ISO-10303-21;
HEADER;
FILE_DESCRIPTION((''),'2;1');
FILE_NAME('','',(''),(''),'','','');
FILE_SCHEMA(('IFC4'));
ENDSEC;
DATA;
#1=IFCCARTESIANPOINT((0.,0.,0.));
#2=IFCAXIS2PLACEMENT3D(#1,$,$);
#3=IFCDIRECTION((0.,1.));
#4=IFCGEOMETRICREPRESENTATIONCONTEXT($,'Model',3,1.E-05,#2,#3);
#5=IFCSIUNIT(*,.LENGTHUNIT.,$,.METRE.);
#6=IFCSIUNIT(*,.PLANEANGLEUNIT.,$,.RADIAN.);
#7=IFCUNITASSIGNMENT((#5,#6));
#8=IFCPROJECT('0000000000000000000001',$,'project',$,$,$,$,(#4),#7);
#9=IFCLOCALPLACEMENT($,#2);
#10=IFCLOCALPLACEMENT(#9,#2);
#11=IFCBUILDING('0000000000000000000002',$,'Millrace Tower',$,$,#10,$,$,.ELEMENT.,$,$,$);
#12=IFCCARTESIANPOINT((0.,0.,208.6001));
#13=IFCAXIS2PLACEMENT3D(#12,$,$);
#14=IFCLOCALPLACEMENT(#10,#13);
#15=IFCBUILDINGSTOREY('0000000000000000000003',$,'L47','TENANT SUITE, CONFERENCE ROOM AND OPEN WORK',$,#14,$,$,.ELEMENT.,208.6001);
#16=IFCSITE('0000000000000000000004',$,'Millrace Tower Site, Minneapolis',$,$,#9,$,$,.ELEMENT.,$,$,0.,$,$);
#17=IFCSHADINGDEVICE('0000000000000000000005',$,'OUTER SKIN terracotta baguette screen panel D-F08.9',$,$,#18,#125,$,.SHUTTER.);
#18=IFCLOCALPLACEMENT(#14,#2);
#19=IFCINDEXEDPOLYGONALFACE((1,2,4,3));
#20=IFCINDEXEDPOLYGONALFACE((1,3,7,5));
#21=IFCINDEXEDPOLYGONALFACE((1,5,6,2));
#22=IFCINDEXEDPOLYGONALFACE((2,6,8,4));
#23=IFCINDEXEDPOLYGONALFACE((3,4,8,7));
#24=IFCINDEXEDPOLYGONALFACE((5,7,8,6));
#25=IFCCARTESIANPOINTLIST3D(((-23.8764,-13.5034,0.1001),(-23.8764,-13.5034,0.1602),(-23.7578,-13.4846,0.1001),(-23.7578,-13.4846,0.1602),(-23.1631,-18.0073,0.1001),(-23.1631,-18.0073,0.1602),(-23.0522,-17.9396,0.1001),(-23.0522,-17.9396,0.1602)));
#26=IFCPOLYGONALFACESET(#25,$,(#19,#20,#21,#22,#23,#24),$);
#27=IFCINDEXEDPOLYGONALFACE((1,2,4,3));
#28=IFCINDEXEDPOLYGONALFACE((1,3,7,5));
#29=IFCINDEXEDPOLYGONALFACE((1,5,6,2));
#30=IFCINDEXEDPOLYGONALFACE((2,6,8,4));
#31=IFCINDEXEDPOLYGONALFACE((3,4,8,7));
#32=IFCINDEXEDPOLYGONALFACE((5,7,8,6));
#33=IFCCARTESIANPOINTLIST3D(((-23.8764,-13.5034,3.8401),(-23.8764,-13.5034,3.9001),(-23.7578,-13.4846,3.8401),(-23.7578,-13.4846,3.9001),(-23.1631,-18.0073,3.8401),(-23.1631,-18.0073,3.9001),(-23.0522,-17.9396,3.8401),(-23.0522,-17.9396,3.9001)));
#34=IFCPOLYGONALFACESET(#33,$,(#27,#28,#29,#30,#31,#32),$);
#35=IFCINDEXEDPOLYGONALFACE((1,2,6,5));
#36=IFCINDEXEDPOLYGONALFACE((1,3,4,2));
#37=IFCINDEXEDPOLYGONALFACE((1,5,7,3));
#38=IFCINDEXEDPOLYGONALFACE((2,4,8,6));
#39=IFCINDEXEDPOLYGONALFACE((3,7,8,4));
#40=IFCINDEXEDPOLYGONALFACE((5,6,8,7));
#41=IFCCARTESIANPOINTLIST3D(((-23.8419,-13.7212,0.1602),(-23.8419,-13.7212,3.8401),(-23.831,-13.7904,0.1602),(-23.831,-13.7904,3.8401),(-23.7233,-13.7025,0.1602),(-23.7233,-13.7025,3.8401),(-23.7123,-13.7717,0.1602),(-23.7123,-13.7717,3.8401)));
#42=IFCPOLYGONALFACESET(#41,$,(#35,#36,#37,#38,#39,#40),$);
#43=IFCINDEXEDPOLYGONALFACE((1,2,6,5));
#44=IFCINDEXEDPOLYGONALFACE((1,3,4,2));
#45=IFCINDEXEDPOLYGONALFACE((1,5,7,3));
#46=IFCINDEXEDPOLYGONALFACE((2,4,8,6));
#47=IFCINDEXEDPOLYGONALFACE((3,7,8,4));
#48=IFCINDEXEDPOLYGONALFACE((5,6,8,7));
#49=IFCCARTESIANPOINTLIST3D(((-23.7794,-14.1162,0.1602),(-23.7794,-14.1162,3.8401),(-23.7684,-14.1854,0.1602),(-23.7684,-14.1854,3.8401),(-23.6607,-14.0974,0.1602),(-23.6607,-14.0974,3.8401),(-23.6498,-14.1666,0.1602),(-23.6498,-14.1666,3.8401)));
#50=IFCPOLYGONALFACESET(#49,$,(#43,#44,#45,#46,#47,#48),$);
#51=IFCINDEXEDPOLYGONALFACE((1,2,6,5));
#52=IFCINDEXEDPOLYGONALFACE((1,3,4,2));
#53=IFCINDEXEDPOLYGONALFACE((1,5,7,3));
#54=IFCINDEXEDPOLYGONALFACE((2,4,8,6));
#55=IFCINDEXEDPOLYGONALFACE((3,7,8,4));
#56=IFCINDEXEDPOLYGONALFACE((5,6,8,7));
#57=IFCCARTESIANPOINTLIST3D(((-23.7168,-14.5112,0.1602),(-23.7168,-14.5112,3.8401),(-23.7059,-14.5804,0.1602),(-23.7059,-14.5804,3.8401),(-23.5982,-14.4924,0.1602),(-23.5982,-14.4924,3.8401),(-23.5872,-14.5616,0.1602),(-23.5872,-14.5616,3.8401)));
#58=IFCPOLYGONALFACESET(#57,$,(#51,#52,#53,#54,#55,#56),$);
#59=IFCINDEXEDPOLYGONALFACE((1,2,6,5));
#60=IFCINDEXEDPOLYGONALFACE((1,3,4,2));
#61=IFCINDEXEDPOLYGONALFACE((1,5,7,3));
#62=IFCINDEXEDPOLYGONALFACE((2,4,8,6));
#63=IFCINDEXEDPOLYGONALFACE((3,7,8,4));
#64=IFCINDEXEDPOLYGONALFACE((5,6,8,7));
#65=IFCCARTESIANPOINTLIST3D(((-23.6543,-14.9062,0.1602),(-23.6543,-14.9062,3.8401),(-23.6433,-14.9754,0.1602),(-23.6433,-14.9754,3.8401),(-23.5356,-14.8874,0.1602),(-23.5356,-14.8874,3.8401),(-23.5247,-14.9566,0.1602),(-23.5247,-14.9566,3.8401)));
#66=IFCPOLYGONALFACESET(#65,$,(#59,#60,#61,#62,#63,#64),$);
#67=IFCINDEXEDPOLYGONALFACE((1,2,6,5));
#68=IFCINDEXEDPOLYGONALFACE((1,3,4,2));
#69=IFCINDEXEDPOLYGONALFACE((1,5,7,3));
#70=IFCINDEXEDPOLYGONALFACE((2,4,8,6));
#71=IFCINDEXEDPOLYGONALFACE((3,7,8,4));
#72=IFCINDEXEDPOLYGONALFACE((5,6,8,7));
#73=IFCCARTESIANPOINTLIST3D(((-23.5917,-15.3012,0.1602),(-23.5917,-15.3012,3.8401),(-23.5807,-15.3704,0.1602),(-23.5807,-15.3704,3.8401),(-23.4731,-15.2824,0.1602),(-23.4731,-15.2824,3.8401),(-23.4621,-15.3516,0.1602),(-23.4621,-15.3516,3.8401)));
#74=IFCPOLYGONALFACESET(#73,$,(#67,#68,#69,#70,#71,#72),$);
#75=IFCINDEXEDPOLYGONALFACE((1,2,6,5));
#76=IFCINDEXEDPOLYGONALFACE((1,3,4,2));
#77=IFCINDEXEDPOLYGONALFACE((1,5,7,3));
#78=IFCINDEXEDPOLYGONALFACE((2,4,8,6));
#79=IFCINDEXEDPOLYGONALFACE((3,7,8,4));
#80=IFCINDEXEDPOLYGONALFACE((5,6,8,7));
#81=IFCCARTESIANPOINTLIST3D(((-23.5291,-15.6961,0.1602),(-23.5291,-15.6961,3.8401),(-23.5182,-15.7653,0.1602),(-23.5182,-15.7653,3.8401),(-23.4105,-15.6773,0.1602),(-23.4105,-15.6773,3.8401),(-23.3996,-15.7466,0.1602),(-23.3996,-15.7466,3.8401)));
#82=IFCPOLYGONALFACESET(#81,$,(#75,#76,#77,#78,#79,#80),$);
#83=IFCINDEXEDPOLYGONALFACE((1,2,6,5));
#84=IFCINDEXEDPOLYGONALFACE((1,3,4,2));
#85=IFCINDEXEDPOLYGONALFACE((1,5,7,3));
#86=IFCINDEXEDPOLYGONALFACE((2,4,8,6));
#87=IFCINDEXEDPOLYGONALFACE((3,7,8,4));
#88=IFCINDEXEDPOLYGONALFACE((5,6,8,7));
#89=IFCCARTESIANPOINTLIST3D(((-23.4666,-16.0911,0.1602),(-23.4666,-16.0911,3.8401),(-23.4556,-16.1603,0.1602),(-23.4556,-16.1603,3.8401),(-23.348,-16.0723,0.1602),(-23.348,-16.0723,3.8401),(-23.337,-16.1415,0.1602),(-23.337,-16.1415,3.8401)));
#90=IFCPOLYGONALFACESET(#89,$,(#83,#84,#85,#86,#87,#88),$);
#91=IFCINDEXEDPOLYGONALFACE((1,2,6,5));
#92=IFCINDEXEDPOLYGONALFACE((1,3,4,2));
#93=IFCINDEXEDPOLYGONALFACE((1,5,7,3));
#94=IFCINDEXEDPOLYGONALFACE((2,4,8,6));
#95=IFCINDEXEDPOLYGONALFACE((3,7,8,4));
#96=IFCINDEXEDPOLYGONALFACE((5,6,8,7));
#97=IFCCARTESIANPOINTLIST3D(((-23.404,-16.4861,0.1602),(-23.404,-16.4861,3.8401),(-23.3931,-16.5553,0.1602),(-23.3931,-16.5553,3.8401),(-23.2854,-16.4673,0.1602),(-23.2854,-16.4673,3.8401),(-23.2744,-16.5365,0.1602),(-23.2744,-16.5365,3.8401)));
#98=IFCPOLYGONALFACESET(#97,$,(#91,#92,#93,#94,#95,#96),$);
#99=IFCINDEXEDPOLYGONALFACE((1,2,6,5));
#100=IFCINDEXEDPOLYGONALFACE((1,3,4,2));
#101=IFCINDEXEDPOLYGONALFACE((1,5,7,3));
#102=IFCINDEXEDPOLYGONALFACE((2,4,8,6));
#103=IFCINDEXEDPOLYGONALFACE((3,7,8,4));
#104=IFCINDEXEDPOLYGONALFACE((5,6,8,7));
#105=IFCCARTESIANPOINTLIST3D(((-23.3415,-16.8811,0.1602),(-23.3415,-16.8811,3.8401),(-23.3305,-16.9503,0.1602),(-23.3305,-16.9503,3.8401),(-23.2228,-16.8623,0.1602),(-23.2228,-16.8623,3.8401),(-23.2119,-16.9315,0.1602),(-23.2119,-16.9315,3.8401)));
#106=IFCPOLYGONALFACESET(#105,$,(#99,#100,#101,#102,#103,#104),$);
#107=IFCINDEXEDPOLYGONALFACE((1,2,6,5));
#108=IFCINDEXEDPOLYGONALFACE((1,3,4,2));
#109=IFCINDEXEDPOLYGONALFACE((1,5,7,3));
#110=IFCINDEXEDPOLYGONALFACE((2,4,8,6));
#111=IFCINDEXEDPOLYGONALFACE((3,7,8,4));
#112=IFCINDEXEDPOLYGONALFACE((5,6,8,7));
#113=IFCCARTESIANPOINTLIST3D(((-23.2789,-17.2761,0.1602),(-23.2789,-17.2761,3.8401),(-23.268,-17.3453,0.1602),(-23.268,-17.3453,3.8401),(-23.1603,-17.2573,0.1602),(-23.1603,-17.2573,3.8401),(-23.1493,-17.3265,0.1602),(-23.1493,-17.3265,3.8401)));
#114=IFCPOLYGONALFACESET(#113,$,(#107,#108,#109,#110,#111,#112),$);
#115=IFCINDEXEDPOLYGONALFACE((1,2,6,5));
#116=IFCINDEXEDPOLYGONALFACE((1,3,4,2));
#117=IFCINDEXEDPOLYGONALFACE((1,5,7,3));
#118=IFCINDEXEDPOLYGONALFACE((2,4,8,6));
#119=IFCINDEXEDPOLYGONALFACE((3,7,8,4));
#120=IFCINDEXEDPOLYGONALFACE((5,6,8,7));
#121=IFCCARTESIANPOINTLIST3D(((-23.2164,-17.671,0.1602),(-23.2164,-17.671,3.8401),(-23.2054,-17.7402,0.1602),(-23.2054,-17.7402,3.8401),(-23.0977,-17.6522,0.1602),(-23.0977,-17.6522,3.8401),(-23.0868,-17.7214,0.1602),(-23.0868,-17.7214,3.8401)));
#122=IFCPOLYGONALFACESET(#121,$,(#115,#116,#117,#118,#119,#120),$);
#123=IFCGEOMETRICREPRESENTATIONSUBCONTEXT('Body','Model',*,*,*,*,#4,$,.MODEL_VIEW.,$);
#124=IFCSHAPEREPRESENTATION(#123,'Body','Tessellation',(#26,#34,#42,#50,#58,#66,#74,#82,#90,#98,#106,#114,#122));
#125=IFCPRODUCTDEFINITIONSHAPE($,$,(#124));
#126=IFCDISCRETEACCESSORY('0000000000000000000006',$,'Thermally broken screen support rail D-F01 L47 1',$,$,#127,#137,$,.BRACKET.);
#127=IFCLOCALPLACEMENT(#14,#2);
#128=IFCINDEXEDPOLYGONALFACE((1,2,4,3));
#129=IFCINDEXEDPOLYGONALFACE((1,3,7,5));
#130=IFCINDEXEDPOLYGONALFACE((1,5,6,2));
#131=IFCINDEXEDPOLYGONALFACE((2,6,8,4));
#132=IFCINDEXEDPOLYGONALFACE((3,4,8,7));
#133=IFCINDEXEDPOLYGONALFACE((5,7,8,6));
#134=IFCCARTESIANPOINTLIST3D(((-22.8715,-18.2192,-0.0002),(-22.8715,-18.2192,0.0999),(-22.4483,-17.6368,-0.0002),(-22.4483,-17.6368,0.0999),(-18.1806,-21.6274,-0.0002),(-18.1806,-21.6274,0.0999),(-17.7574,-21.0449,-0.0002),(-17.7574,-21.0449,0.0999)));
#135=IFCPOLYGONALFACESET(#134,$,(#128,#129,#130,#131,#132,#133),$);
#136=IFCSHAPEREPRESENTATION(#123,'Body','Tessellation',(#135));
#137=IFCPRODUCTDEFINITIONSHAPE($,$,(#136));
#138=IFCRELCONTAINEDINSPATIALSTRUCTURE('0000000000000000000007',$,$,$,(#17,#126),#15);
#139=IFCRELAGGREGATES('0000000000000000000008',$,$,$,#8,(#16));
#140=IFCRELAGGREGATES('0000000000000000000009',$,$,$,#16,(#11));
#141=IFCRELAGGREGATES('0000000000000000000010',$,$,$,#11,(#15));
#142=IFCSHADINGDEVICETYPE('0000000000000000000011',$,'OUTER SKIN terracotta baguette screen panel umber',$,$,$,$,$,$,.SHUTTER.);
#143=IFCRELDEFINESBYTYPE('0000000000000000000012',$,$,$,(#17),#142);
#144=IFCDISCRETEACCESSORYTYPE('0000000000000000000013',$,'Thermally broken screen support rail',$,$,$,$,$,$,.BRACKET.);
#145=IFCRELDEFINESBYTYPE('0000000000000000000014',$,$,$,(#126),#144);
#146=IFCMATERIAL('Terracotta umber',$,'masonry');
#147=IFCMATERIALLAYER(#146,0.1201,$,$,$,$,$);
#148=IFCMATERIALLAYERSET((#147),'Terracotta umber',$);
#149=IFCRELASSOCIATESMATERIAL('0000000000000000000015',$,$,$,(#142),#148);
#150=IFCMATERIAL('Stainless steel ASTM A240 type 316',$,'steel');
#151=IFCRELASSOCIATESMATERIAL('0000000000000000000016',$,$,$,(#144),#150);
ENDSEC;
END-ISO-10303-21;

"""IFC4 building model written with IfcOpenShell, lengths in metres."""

from ifc_helpers import new_model, entity, si_unit, direction, frame, frame_2d, origin, origin_2d, place, context, subcontext, project, spatial, rectangle, extrude, source, transform, mapped, material, layer, layer_set, type_object, element, save


model = new_model("IFC4")

# Units and contexts
model_context = context("Model", 3, precision=1e-05, world=origin(), true_north=direction((0.0, 1.0)))
body_context = subcontext(model_context, "Body", "Model", "MODEL_VIEW")
ifc_project = project(units=[si_unit("LENGTHUNIT", "METRE"), si_unit("PLANEANGLEUNIT", "RADIAN")], contexts=[model_context])

# Site, building, storey
site_placement = place(None, origin())
site = spatial("IfcSite", under=ifc_project, at=site_placement, Name="Millrace Tower Site, Minneapolis", CompositionType="ELEMENT", RefElevation=0.0)
building_placement = place(site_placement, origin())
building = spatial("IfcBuilding", under=site, at=building_placement, Name="Millrace Tower", CompositionType="ELEMENT")
storey_placement = place(building_placement, frame((0.0, 0.0, 208.6001)))
storey = spatial("IfcBuildingStorey", under=building, at=storey_placement, Name="L47", Description="TENANT SUITE, CONFERENCE ROOM AND OPEN WORK", CompositionType="ELEMENT", Elevation=208.6001)

# Shading device
ifc_material_1 = material(Name="Terracotta umber", Category="masonry")
ifc_layer_1 = layer(ifc_material_1, 0.1201)
ifc_layer_set_1 = layer_set([ifc_layer_1], Name="Terracotta umber")
shading_device_type = type_object("IfcShadingDeviceType", Name="OUTER SKIN terracotta baguette screen panel umber", PredefinedType="SHUTTER", material=ifc_layer_set_1)
cartesian_point_1 = entity("IfcCartesianPoint", [-2.2676, 0.0601])
shared_polyline_1 = entity("IfcPolyline", [cartesian_point_1, entity("IfcCartesianPoint", [2.2429, 0.0601]), entity("IfcCartesianPoint", [2.2925, -0.0601]), entity("IfcCartesianPoint", [-2.2676, -0.0601]), cartesian_point_1])
shared_shape_1 = source(origin(), body_context, "Body", "SweptSolid", [
    entity("IfcExtrudedAreaSolid", entity("IfcArbitraryClosedProfileDef", "AREA", None, shared_polyline_1), entity("IfcAxis2Placement3D", entity("IfcCartesianPoint", [0.0, 0.0, 0.0])), entity("IfcDirection", [0.0, 0.0, 1.0]), 0.0601),
    entity("IfcExtrudedAreaSolid", entity("IfcArbitraryClosedProfileDef", "AREA", None, shared_polyline_1), entity("IfcAxis2Placement3D", entity("IfcCartesianPoint", [0.0, 0.0, 3.74])), entity("IfcDirection", [0.0, 0.0, 1.0]), 0.0601),
    extrude(rectangle(XDim=0.0701, YDim=0.1201, at=frame_2d((-2.012, 0.0))), frame((0.0, 0.0, 0.0601)), (0.0, 0.0, 1.0), 3.6799),
    extrude(rectangle(XDim=0.0701, YDim=0.1201, at=frame_2d((-1.6121, 0.0))), frame((0.0, 0.0, 0.0601)), (0.0, 0.0, 1.0), 3.6799),
    extrude(rectangle(XDim=0.0701, YDim=0.1201, at=frame_2d((-1.2122, 0.0))), frame((0.0, 0.0, 0.0601)), (0.0, 0.0, 1.0), 3.6799),
    extrude(rectangle(XDim=0.0701, YDim=0.1201, at=frame_2d((-0.8123, 0.0))), frame((0.0, 0.0, 0.0601)), (0.0, 0.0, 1.0), 3.6799),
    extrude(rectangle(XDim=0.0701, YDim=0.1201, at=frame_2d((-0.4124, 0.0))), frame((0.0, 0.0, 0.0601)), (0.0, 0.0, 1.0), 3.6799),
    extrude(rectangle(XDim=0.0701, YDim=0.1201, at=frame_2d((-0.0125, 0.0))), frame((0.0, 0.0, 0.0601)), (0.0, 0.0, 1.0), 3.6799),
    extrude(rectangle(XDim=0.0701, YDim=0.1201, at=frame_2d((0.3875, 0.0))), frame((0.0, 0.0, 0.0601)), (0.0, 0.0, 1.0), 3.6799),
    extrude(rectangle(XDim=0.0701, YDim=0.1201, at=frame_2d((0.7874, 0.0))), frame((0.0, 0.0, 0.0601)), (0.0, 0.0, 1.0), 3.6799),
    extrude(rectangle(XDim=0.0701, YDim=0.1201, at=frame_2d((1.1873, 0.0))), frame((0.0, 0.0, 0.0601)), (0.0, 0.0, 1.0), 3.6799),
    extrude(rectangle(XDim=0.0701, YDim=0.1201, at=frame_2d((1.5872, 0.0))), frame((0.0, 0.0, 0.0601)), (0.0, 0.0, 1.0), 3.6799),
    extrude(rectangle(XDim=0.0701, YDim=0.1201, at=frame_2d((1.9871, 0.0))), frame((0.0, 0.0, 0.0601)), (0.0, 0.0, 1.0), 3.6799),
])
shading_device_1_placement = place(storey_placement, frame((-23.4624, -15.7336, 0.1001), z_axis=(0.0, 0.0, 1.0), x_axis=(0.156434, -0.987688, 0.0)))
element("IfcShadingDevice", 1, at=shading_device_1_placement, inside=storey, type_object=shading_device_type, Name="OUTER SKIN terracotta baguette screen panel D-F08.9", PredefinedType="SHUTTER", context=body_context, shape_type="MappedRepresentation", body=[
    mapped(shared_shape_1, transform((0.0, 0.0, 0.0), scale=1.0)),
])

# Discrete accessory
ifc_material_2 = material(Name="Stainless steel ASTM A240 type 316", Category="steel")
discrete_accessory_type = type_object("IfcDiscreteAccessoryType", Name="Thermally broken screen support rail", PredefinedType="BRACKET", material=ifc_material_2)
discrete_accessory_placement = place(storey_placement, frame((-20.3145, -19.6321, -0.0002), z_axis=(0.0, 0.0, 1.0), x_axis=(0.809017, -0.587785, 0.0)))
element("IfcDiscreteAccessory", 2, at=discrete_accessory_placement, inside=storey, type_object=discrete_accessory_type, Name="Thermally broken screen support rail D-F01 L47 1", PredefinedType="BRACKET", context=body_context, shape_type="SweptSolid", body=[
    extrude(rectangle(XDim=5.7983, YDim=0.72, at=origin_2d()), origin(), (0.0, 0.0, 1.0), 0.1001),
])

save(model, "model.ifc")
